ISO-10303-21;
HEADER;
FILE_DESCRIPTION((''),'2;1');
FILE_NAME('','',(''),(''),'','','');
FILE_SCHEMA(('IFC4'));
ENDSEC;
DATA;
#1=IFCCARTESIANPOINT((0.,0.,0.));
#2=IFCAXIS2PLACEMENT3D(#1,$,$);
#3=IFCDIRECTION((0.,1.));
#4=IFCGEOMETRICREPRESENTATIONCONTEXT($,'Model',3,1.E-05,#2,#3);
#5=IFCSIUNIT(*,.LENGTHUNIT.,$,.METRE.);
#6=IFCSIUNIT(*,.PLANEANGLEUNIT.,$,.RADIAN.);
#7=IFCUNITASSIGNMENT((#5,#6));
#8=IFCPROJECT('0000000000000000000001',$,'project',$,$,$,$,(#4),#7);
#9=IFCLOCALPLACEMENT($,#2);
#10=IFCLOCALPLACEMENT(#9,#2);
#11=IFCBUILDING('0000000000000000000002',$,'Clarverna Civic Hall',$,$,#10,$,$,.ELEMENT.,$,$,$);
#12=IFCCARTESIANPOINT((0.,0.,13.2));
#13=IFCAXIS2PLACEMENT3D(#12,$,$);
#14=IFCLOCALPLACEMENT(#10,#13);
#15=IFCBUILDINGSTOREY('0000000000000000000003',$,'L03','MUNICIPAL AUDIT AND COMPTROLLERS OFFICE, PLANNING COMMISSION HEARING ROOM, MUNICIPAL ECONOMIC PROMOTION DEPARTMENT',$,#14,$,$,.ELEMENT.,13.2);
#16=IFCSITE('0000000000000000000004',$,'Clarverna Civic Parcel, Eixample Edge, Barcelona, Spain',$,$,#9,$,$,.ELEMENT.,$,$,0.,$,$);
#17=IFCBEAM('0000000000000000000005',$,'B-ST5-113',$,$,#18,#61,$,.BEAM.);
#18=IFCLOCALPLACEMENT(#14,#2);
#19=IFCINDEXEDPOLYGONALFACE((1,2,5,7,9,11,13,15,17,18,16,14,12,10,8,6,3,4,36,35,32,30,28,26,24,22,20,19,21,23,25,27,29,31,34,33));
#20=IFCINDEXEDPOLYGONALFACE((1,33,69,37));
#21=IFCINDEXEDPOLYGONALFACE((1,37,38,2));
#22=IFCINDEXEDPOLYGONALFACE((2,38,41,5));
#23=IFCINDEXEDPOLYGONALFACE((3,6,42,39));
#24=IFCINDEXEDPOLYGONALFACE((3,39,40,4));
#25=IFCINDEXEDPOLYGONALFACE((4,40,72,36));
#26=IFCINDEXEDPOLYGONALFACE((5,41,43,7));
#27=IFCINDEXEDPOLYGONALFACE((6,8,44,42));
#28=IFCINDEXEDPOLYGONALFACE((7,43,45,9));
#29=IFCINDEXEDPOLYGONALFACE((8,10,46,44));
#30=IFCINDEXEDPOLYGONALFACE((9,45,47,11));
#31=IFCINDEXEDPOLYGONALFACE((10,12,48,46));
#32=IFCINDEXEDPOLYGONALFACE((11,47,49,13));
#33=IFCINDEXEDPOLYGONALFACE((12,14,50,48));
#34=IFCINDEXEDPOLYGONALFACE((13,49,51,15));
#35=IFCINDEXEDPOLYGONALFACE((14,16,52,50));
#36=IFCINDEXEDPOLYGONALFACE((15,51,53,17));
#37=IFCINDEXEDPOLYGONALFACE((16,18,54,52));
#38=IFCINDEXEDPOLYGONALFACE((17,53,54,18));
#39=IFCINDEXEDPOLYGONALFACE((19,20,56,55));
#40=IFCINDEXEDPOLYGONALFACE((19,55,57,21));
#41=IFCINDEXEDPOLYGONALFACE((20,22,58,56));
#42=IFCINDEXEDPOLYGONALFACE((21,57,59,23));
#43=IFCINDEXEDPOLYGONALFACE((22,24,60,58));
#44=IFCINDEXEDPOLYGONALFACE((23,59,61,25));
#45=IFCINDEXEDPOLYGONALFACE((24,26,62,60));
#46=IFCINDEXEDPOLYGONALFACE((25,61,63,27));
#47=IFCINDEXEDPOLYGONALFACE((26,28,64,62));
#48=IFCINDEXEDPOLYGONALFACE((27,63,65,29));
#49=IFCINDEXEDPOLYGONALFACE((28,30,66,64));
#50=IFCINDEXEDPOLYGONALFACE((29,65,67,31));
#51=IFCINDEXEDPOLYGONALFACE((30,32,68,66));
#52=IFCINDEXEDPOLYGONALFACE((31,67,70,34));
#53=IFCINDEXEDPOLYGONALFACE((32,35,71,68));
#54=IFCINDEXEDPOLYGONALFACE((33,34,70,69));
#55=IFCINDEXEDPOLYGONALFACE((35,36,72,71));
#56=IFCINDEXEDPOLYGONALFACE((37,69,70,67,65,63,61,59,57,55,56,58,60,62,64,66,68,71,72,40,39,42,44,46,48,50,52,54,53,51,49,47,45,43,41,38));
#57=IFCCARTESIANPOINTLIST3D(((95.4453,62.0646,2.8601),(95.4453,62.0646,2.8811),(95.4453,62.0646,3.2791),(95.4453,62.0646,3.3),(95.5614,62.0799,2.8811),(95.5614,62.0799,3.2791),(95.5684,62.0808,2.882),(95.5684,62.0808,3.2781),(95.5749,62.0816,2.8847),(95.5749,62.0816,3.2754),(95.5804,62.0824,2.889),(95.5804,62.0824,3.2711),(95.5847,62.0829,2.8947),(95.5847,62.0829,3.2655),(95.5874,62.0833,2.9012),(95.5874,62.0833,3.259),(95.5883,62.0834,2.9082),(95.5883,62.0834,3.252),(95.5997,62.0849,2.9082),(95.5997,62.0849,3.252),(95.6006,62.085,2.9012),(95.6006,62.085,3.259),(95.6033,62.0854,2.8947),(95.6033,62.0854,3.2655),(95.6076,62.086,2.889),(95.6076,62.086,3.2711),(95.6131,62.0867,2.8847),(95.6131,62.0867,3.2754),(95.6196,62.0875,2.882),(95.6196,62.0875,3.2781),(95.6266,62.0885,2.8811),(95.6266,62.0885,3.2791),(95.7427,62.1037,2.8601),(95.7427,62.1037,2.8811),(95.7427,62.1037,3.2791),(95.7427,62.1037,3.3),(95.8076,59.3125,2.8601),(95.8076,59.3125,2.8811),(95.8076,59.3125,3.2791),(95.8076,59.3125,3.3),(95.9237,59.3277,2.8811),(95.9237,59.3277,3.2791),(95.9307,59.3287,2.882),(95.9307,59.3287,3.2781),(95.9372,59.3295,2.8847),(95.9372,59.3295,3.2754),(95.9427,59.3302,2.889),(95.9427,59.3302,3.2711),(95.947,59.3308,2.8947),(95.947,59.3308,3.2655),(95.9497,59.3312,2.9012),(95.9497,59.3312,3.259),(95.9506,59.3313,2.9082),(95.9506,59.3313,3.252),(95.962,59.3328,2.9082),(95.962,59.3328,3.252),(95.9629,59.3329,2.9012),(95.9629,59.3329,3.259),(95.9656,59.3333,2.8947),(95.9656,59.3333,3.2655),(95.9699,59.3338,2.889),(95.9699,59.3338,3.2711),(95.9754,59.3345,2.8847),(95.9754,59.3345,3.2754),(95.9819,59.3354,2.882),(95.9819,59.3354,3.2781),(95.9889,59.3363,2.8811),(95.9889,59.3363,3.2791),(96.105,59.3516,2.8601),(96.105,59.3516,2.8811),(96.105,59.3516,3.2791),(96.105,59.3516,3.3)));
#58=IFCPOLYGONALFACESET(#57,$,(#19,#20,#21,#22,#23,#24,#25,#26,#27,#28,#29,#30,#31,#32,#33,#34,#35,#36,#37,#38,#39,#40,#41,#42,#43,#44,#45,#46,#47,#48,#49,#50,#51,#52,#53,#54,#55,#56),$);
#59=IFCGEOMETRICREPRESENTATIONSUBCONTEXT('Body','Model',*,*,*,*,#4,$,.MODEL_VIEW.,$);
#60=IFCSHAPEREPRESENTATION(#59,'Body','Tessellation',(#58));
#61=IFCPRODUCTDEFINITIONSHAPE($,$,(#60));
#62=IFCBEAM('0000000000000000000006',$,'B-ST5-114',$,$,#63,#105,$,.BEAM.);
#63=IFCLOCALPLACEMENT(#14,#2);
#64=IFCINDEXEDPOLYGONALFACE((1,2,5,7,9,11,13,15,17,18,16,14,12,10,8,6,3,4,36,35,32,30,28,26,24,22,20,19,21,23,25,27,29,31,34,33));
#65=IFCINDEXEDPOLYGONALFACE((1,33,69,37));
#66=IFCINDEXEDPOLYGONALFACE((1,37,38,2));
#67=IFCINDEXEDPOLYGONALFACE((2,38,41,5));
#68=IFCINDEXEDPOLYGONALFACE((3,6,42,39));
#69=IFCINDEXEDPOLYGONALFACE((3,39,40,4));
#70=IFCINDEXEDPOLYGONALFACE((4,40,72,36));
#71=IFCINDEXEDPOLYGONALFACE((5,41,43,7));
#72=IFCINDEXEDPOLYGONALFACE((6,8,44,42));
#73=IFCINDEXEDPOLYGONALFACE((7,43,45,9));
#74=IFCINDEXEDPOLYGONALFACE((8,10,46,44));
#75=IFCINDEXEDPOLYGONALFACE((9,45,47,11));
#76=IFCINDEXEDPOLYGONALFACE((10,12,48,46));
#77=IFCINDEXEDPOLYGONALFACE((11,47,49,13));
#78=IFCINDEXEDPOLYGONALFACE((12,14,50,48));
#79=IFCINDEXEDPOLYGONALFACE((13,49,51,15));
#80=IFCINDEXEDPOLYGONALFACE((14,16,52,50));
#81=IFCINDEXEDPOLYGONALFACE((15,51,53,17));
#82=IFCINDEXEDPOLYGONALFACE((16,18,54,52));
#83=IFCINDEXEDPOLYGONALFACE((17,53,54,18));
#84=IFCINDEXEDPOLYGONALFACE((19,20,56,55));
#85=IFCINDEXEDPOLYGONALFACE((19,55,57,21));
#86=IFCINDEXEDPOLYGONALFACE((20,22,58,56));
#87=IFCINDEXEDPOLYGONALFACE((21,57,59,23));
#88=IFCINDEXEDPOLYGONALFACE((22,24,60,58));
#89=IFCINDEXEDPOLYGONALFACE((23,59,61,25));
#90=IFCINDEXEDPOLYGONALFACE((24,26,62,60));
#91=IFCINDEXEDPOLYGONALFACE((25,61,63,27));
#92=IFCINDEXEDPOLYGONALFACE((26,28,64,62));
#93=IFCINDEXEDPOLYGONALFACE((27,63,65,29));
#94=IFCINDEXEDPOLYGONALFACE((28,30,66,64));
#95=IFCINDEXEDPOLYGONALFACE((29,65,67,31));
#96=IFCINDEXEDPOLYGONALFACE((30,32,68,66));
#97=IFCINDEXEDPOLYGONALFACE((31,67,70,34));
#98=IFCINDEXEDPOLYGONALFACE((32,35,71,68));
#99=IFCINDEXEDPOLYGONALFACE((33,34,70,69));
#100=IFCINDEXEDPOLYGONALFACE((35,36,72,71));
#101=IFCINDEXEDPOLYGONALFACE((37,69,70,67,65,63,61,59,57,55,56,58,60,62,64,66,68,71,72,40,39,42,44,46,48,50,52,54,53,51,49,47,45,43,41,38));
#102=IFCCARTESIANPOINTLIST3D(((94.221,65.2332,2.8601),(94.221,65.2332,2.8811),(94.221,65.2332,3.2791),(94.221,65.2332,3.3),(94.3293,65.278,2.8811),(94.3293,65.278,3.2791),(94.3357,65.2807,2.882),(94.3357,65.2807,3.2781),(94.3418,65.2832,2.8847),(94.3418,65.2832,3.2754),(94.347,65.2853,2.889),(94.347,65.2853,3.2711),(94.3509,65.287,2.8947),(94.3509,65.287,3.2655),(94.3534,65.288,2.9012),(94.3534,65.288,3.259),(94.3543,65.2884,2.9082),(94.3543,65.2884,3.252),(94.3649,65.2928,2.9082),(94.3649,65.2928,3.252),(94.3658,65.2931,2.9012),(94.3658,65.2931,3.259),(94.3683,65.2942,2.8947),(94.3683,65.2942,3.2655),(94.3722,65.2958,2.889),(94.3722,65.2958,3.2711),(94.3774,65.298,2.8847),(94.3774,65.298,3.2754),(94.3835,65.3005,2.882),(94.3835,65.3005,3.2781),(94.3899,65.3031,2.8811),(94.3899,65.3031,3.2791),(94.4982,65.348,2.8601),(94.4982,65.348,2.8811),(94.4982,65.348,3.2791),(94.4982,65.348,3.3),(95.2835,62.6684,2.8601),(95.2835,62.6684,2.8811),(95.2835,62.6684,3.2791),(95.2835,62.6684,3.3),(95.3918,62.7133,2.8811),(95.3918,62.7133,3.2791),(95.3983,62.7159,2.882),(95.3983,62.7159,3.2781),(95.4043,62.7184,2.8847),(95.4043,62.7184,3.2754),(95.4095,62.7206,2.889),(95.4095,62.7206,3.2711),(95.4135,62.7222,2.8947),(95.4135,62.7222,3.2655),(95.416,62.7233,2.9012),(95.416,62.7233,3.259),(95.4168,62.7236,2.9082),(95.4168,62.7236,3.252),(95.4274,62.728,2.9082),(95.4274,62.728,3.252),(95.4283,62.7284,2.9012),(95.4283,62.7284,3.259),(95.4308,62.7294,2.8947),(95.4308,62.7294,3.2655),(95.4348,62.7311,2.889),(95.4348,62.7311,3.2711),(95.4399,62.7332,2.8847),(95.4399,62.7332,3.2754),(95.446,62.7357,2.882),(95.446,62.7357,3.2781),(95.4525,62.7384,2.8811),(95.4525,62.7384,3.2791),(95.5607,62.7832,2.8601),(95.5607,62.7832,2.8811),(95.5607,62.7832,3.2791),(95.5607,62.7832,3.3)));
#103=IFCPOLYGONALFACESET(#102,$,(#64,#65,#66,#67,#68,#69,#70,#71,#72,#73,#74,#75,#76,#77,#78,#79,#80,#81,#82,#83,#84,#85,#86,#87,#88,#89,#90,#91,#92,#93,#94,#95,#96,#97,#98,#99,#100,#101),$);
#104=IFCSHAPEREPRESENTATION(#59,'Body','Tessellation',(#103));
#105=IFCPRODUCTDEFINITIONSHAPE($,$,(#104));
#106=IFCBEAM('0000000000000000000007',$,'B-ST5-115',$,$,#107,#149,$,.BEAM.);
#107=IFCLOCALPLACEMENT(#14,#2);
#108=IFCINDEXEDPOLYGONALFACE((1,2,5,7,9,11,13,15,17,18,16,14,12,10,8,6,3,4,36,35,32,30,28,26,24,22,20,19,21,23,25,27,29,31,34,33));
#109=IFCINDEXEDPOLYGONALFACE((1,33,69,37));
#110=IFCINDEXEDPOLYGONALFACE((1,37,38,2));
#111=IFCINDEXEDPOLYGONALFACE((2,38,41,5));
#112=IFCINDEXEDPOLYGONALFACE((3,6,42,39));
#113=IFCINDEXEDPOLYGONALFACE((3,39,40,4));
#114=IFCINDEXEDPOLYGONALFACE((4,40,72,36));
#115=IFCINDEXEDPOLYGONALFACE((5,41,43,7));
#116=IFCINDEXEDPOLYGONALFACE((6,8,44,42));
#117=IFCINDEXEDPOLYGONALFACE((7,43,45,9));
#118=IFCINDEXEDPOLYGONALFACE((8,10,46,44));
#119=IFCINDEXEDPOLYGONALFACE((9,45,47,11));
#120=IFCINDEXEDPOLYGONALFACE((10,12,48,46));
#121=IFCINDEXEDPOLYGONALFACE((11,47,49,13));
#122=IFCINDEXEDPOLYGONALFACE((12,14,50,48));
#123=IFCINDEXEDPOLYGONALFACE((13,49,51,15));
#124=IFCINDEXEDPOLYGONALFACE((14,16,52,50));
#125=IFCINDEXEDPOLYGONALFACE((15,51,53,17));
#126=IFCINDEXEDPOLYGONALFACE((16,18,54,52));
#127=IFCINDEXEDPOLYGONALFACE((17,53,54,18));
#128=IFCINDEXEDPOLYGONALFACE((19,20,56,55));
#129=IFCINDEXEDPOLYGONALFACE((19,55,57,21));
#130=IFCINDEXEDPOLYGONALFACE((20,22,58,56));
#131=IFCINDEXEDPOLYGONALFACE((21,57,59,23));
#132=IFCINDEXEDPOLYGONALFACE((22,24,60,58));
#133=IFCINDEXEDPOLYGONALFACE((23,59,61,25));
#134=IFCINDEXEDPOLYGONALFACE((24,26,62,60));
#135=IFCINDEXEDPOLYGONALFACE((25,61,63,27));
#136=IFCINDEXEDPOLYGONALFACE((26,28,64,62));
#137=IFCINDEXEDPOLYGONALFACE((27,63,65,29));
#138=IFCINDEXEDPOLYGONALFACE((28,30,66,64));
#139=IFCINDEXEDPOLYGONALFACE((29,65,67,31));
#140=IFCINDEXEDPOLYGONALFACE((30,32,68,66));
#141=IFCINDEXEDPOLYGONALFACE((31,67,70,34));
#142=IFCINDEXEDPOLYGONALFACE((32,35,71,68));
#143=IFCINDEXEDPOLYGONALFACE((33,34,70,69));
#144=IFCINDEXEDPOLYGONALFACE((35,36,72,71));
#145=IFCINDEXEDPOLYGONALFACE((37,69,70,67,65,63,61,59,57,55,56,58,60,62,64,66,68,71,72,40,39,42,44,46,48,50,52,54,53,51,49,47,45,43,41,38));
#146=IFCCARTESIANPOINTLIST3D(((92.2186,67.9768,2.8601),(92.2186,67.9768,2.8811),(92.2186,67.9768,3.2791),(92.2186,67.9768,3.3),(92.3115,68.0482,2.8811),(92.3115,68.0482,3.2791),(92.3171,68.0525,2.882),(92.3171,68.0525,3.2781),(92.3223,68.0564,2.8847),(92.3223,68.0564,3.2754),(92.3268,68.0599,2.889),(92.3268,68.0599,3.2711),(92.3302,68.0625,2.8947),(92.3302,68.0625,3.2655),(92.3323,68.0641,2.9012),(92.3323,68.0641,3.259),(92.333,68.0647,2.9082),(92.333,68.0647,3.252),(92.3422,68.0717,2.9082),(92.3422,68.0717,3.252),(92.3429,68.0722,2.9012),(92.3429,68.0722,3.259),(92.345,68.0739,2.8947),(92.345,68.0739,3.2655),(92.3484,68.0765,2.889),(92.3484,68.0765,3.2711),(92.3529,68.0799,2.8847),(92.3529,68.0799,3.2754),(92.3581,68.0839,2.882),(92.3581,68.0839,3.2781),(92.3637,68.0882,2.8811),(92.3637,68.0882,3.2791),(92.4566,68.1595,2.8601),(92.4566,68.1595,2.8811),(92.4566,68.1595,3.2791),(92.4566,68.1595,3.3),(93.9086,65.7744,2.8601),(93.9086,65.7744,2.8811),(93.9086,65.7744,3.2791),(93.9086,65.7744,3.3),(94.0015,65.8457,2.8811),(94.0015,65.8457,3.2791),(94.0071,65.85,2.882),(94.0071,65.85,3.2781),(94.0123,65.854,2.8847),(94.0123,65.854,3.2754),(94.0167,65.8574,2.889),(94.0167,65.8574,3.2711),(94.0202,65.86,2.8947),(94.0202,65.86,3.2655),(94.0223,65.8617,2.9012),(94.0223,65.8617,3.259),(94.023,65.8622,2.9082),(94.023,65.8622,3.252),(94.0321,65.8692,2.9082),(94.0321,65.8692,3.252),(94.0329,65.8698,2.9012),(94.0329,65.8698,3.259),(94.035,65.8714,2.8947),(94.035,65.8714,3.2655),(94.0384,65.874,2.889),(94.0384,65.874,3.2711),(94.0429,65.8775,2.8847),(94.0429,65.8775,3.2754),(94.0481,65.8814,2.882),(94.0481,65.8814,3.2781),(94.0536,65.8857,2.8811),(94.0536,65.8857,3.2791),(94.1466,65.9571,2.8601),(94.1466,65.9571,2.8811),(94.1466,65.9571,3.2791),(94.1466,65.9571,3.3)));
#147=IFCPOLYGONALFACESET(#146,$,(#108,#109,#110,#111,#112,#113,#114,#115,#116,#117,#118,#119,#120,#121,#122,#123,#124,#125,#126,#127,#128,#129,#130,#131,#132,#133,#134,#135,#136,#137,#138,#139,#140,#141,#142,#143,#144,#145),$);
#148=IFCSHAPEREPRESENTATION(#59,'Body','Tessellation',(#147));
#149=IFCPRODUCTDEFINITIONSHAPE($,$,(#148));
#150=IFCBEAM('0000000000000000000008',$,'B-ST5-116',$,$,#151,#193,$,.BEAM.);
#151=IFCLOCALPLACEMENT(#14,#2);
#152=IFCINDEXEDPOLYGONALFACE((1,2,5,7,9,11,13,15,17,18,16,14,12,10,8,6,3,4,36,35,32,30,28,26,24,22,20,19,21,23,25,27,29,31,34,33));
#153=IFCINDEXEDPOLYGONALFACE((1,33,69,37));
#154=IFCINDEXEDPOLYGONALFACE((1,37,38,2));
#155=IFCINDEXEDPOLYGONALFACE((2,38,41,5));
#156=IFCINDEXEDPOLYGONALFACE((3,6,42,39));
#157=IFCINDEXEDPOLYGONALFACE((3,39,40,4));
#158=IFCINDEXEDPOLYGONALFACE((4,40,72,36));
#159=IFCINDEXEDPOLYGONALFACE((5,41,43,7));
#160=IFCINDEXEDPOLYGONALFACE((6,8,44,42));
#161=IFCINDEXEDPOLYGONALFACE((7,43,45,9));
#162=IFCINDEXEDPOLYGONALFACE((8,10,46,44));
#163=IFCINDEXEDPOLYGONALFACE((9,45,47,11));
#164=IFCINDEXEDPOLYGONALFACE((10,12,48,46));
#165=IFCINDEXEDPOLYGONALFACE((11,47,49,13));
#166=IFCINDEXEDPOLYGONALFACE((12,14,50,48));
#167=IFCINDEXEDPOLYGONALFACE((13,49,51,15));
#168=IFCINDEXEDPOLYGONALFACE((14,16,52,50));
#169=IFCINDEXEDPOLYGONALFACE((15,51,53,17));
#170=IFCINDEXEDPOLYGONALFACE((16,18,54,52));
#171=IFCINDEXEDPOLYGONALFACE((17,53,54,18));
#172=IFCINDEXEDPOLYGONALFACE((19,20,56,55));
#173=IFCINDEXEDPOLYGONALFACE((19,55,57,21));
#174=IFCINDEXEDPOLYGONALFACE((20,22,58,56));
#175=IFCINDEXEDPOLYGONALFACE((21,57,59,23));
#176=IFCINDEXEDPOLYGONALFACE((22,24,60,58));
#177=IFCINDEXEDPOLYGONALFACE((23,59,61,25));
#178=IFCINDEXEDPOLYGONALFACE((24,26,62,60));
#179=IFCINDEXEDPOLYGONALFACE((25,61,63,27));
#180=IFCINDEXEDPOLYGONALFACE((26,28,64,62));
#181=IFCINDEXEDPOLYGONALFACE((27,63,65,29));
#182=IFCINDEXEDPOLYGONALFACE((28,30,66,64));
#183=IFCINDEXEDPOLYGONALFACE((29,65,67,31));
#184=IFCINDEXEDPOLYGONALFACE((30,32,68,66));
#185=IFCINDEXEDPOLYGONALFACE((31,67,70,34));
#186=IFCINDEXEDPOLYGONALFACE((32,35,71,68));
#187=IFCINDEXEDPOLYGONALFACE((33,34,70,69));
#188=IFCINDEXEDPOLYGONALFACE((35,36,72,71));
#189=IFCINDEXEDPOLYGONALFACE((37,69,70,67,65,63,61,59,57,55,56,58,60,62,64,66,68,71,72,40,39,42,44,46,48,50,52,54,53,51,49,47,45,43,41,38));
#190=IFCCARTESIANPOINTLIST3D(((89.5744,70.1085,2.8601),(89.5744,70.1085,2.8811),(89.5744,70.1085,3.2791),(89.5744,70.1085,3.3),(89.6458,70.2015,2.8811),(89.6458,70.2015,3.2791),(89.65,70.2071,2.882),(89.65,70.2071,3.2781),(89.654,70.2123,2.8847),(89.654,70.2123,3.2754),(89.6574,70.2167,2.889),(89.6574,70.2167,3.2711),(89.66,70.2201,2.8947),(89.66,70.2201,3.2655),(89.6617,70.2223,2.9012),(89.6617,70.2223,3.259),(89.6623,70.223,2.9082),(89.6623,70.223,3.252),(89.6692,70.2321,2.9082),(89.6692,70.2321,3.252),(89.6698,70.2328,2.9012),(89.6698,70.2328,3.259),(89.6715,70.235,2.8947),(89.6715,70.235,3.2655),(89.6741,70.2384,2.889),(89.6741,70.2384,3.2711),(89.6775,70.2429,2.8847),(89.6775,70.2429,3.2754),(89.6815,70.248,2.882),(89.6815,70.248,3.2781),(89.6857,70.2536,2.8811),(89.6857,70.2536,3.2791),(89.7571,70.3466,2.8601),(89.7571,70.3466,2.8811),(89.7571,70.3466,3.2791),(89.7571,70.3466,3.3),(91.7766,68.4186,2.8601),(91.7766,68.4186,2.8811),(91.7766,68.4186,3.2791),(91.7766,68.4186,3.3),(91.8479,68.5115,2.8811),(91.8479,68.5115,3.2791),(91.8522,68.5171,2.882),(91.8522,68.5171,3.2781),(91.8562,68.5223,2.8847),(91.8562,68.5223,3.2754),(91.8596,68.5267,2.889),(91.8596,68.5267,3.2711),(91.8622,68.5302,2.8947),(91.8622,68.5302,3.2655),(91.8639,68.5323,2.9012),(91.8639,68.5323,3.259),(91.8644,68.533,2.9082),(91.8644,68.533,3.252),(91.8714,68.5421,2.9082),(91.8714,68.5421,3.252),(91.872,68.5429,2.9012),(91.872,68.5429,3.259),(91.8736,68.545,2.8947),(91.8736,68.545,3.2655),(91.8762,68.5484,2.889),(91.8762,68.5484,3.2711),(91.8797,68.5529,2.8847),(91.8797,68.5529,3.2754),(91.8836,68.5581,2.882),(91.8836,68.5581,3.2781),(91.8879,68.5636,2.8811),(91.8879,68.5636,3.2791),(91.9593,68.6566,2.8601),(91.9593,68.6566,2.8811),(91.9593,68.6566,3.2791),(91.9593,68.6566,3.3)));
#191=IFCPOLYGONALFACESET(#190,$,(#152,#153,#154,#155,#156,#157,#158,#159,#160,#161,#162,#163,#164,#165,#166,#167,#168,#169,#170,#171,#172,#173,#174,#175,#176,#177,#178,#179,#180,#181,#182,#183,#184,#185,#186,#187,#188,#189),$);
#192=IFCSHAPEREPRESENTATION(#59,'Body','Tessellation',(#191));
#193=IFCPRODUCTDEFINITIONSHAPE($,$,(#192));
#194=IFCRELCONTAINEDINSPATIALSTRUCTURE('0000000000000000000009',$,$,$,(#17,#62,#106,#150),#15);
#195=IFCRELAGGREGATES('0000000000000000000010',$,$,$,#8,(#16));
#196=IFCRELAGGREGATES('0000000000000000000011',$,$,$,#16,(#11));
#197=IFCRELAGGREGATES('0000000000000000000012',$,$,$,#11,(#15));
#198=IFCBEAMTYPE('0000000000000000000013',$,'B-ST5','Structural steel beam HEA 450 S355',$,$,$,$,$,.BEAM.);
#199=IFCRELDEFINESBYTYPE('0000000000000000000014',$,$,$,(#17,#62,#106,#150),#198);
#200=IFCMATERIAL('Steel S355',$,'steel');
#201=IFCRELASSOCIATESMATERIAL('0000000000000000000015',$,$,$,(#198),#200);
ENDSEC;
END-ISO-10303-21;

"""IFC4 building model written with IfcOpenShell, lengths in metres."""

from ifc_helpers import new_model, si_unit, direction, frame, origin, origin_2d, place, context, subcontext, project, spatial, i_section, extrude, material, material_profile, profile_set, type_object, element, save


model = new_model("IFC4")

# Units and contexts
model_context = context("Model", 3, precision=1e-05, world=origin(), true_north=direction((0.0, 1.0)))
body_context = subcontext(model_context, "Body", "Model", "MODEL_VIEW")
ifc_project = project(units=[si_unit("LENGTHUNIT", "METRE"), si_unit("PLANEANGLEUNIT", "RADIAN")], contexts=[model_context])

# Site, building, storey
site_placement = place(None, origin())
site = spatial("IfcSite", under=ifc_project, at=site_placement, Name="Clarverna Civic Parcel, Eixample Edge, Barcelona, Spain", CompositionType="ELEMENT", RefElevation=0.0)
building_placement = place(site_placement, origin())
building = spatial("IfcBuilding", under=site, at=building_placement, Name="Clarverna Civic Hall", CompositionType="ELEMENT")
storey_placement = place(building_placement, frame((0.0, 0.0, 13.2)))
storey = spatial("IfcBuildingStorey", under=building, at=storey_placement, Name="L03", Description="MUNICIPAL AUDIT AND COMPTROLLERS OFFICE, PLANNING COMMISSION HEARING ROOM, MUNICIPAL ECONOMIC PROMOTION DEPARTMENT", CompositionType="ELEMENT", Elevation=13.2)

# Beams
ifc_material_1 = material(Name="Steel S355", Category="steel")
ifc_material_profile_1 = material_profile(ifc_material_1, i_section(OverallWidth=0.3, OverallDepth=0.4399, WebThickness=0.0115, FlangeThickness=0.021, FilletRadius=0.0271, at=origin_2d()), Name="HEA 450")
ifc_profile_set_1 = profile_set([ifc_material_profile_1], Name="Steel S355")
beam_type = type_object("IfcBeamType", Name="B-ST5", Description="Structural steel beam HEA 450 S355", PredefinedType="BEAM", material=ifc_profile_set_1)
beam_placement = place(storey_placement, frame((95.9563, 59.332, 3.0801), z_axis=(-0.130516, 0.991446, 0.0), x_axis=(-0.991446, -0.130516, 0.0)))
element("IfcBeam", 1, at=beam_placement, inside=storey, type_object=beam_type, Name="B-ST5-113", PredefinedType="BEAM", context=body_context, shape_type="SweptSolid", body=[
    extrude(i_section(OverallWidth=0.3, OverallDepth=0.4399, WebThickness=0.0115, FlangeThickness=0.021, FilletRadius=0.0271, at=origin_2d()), origin(), (0.0, 0.0, 1.0), 2.7759),
])
for number, where, z_axis, x_axis, name in (
    (2, (95.4221, 62.7258, 3.0801), (-0.382735, 0.923858, 0.0), (-0.923858, -0.382735, 0.0), "B-ST5-114"),
    (3, (94.0276, 65.8657, 3.0801), (-0.608758, 0.793356, 0.0), (-0.793356, -0.608758, 0.0), "B-ST5-115"),
):
    element("IfcBeam", number, at=place(storey_placement, frame(where, z_axis=z_axis, x_axis=x_axis)), inside=storey, type_object=beam_type, Name=name, PredefinedType="BEAM", context=body_context, shape_type="SweptSolid", body=[
        extrude(i_section(OverallWidth=0.3, OverallDepth=0.4399, WebThickness=0.0115, FlangeThickness=0.021, FilletRadius=0.0271, at=origin_2d()), origin(), (0.0, 0.0, 1.0), 2.7761),
    ])
for number, where, z_axis, x_axis, name in (
    (4, (91.8679, 68.5376, 3.0801), (-0.793323, 0.608801, 0.0), (-0.608801, -0.793323, 0.0), "B-ST5-116"),
):
    element("IfcBeam", number, at=place(storey_placement, frame(where, z_axis=z_axis, x_axis=x_axis)), inside=storey, type_object=beam_type, Name=name, PredefinedType="BEAM", context=body_context, shape_type="SweptSolid", body=[
        extrude(i_section(OverallWidth=0.3, OverallDepth=0.4399, WebThickness=0.0115, FlangeThickness=0.021, FilletRadius=0.0271, at=origin_2d()), origin(), (0.0, 0.0, 1.0), 2.7759),
    ])

save(model, "model.ifc")
